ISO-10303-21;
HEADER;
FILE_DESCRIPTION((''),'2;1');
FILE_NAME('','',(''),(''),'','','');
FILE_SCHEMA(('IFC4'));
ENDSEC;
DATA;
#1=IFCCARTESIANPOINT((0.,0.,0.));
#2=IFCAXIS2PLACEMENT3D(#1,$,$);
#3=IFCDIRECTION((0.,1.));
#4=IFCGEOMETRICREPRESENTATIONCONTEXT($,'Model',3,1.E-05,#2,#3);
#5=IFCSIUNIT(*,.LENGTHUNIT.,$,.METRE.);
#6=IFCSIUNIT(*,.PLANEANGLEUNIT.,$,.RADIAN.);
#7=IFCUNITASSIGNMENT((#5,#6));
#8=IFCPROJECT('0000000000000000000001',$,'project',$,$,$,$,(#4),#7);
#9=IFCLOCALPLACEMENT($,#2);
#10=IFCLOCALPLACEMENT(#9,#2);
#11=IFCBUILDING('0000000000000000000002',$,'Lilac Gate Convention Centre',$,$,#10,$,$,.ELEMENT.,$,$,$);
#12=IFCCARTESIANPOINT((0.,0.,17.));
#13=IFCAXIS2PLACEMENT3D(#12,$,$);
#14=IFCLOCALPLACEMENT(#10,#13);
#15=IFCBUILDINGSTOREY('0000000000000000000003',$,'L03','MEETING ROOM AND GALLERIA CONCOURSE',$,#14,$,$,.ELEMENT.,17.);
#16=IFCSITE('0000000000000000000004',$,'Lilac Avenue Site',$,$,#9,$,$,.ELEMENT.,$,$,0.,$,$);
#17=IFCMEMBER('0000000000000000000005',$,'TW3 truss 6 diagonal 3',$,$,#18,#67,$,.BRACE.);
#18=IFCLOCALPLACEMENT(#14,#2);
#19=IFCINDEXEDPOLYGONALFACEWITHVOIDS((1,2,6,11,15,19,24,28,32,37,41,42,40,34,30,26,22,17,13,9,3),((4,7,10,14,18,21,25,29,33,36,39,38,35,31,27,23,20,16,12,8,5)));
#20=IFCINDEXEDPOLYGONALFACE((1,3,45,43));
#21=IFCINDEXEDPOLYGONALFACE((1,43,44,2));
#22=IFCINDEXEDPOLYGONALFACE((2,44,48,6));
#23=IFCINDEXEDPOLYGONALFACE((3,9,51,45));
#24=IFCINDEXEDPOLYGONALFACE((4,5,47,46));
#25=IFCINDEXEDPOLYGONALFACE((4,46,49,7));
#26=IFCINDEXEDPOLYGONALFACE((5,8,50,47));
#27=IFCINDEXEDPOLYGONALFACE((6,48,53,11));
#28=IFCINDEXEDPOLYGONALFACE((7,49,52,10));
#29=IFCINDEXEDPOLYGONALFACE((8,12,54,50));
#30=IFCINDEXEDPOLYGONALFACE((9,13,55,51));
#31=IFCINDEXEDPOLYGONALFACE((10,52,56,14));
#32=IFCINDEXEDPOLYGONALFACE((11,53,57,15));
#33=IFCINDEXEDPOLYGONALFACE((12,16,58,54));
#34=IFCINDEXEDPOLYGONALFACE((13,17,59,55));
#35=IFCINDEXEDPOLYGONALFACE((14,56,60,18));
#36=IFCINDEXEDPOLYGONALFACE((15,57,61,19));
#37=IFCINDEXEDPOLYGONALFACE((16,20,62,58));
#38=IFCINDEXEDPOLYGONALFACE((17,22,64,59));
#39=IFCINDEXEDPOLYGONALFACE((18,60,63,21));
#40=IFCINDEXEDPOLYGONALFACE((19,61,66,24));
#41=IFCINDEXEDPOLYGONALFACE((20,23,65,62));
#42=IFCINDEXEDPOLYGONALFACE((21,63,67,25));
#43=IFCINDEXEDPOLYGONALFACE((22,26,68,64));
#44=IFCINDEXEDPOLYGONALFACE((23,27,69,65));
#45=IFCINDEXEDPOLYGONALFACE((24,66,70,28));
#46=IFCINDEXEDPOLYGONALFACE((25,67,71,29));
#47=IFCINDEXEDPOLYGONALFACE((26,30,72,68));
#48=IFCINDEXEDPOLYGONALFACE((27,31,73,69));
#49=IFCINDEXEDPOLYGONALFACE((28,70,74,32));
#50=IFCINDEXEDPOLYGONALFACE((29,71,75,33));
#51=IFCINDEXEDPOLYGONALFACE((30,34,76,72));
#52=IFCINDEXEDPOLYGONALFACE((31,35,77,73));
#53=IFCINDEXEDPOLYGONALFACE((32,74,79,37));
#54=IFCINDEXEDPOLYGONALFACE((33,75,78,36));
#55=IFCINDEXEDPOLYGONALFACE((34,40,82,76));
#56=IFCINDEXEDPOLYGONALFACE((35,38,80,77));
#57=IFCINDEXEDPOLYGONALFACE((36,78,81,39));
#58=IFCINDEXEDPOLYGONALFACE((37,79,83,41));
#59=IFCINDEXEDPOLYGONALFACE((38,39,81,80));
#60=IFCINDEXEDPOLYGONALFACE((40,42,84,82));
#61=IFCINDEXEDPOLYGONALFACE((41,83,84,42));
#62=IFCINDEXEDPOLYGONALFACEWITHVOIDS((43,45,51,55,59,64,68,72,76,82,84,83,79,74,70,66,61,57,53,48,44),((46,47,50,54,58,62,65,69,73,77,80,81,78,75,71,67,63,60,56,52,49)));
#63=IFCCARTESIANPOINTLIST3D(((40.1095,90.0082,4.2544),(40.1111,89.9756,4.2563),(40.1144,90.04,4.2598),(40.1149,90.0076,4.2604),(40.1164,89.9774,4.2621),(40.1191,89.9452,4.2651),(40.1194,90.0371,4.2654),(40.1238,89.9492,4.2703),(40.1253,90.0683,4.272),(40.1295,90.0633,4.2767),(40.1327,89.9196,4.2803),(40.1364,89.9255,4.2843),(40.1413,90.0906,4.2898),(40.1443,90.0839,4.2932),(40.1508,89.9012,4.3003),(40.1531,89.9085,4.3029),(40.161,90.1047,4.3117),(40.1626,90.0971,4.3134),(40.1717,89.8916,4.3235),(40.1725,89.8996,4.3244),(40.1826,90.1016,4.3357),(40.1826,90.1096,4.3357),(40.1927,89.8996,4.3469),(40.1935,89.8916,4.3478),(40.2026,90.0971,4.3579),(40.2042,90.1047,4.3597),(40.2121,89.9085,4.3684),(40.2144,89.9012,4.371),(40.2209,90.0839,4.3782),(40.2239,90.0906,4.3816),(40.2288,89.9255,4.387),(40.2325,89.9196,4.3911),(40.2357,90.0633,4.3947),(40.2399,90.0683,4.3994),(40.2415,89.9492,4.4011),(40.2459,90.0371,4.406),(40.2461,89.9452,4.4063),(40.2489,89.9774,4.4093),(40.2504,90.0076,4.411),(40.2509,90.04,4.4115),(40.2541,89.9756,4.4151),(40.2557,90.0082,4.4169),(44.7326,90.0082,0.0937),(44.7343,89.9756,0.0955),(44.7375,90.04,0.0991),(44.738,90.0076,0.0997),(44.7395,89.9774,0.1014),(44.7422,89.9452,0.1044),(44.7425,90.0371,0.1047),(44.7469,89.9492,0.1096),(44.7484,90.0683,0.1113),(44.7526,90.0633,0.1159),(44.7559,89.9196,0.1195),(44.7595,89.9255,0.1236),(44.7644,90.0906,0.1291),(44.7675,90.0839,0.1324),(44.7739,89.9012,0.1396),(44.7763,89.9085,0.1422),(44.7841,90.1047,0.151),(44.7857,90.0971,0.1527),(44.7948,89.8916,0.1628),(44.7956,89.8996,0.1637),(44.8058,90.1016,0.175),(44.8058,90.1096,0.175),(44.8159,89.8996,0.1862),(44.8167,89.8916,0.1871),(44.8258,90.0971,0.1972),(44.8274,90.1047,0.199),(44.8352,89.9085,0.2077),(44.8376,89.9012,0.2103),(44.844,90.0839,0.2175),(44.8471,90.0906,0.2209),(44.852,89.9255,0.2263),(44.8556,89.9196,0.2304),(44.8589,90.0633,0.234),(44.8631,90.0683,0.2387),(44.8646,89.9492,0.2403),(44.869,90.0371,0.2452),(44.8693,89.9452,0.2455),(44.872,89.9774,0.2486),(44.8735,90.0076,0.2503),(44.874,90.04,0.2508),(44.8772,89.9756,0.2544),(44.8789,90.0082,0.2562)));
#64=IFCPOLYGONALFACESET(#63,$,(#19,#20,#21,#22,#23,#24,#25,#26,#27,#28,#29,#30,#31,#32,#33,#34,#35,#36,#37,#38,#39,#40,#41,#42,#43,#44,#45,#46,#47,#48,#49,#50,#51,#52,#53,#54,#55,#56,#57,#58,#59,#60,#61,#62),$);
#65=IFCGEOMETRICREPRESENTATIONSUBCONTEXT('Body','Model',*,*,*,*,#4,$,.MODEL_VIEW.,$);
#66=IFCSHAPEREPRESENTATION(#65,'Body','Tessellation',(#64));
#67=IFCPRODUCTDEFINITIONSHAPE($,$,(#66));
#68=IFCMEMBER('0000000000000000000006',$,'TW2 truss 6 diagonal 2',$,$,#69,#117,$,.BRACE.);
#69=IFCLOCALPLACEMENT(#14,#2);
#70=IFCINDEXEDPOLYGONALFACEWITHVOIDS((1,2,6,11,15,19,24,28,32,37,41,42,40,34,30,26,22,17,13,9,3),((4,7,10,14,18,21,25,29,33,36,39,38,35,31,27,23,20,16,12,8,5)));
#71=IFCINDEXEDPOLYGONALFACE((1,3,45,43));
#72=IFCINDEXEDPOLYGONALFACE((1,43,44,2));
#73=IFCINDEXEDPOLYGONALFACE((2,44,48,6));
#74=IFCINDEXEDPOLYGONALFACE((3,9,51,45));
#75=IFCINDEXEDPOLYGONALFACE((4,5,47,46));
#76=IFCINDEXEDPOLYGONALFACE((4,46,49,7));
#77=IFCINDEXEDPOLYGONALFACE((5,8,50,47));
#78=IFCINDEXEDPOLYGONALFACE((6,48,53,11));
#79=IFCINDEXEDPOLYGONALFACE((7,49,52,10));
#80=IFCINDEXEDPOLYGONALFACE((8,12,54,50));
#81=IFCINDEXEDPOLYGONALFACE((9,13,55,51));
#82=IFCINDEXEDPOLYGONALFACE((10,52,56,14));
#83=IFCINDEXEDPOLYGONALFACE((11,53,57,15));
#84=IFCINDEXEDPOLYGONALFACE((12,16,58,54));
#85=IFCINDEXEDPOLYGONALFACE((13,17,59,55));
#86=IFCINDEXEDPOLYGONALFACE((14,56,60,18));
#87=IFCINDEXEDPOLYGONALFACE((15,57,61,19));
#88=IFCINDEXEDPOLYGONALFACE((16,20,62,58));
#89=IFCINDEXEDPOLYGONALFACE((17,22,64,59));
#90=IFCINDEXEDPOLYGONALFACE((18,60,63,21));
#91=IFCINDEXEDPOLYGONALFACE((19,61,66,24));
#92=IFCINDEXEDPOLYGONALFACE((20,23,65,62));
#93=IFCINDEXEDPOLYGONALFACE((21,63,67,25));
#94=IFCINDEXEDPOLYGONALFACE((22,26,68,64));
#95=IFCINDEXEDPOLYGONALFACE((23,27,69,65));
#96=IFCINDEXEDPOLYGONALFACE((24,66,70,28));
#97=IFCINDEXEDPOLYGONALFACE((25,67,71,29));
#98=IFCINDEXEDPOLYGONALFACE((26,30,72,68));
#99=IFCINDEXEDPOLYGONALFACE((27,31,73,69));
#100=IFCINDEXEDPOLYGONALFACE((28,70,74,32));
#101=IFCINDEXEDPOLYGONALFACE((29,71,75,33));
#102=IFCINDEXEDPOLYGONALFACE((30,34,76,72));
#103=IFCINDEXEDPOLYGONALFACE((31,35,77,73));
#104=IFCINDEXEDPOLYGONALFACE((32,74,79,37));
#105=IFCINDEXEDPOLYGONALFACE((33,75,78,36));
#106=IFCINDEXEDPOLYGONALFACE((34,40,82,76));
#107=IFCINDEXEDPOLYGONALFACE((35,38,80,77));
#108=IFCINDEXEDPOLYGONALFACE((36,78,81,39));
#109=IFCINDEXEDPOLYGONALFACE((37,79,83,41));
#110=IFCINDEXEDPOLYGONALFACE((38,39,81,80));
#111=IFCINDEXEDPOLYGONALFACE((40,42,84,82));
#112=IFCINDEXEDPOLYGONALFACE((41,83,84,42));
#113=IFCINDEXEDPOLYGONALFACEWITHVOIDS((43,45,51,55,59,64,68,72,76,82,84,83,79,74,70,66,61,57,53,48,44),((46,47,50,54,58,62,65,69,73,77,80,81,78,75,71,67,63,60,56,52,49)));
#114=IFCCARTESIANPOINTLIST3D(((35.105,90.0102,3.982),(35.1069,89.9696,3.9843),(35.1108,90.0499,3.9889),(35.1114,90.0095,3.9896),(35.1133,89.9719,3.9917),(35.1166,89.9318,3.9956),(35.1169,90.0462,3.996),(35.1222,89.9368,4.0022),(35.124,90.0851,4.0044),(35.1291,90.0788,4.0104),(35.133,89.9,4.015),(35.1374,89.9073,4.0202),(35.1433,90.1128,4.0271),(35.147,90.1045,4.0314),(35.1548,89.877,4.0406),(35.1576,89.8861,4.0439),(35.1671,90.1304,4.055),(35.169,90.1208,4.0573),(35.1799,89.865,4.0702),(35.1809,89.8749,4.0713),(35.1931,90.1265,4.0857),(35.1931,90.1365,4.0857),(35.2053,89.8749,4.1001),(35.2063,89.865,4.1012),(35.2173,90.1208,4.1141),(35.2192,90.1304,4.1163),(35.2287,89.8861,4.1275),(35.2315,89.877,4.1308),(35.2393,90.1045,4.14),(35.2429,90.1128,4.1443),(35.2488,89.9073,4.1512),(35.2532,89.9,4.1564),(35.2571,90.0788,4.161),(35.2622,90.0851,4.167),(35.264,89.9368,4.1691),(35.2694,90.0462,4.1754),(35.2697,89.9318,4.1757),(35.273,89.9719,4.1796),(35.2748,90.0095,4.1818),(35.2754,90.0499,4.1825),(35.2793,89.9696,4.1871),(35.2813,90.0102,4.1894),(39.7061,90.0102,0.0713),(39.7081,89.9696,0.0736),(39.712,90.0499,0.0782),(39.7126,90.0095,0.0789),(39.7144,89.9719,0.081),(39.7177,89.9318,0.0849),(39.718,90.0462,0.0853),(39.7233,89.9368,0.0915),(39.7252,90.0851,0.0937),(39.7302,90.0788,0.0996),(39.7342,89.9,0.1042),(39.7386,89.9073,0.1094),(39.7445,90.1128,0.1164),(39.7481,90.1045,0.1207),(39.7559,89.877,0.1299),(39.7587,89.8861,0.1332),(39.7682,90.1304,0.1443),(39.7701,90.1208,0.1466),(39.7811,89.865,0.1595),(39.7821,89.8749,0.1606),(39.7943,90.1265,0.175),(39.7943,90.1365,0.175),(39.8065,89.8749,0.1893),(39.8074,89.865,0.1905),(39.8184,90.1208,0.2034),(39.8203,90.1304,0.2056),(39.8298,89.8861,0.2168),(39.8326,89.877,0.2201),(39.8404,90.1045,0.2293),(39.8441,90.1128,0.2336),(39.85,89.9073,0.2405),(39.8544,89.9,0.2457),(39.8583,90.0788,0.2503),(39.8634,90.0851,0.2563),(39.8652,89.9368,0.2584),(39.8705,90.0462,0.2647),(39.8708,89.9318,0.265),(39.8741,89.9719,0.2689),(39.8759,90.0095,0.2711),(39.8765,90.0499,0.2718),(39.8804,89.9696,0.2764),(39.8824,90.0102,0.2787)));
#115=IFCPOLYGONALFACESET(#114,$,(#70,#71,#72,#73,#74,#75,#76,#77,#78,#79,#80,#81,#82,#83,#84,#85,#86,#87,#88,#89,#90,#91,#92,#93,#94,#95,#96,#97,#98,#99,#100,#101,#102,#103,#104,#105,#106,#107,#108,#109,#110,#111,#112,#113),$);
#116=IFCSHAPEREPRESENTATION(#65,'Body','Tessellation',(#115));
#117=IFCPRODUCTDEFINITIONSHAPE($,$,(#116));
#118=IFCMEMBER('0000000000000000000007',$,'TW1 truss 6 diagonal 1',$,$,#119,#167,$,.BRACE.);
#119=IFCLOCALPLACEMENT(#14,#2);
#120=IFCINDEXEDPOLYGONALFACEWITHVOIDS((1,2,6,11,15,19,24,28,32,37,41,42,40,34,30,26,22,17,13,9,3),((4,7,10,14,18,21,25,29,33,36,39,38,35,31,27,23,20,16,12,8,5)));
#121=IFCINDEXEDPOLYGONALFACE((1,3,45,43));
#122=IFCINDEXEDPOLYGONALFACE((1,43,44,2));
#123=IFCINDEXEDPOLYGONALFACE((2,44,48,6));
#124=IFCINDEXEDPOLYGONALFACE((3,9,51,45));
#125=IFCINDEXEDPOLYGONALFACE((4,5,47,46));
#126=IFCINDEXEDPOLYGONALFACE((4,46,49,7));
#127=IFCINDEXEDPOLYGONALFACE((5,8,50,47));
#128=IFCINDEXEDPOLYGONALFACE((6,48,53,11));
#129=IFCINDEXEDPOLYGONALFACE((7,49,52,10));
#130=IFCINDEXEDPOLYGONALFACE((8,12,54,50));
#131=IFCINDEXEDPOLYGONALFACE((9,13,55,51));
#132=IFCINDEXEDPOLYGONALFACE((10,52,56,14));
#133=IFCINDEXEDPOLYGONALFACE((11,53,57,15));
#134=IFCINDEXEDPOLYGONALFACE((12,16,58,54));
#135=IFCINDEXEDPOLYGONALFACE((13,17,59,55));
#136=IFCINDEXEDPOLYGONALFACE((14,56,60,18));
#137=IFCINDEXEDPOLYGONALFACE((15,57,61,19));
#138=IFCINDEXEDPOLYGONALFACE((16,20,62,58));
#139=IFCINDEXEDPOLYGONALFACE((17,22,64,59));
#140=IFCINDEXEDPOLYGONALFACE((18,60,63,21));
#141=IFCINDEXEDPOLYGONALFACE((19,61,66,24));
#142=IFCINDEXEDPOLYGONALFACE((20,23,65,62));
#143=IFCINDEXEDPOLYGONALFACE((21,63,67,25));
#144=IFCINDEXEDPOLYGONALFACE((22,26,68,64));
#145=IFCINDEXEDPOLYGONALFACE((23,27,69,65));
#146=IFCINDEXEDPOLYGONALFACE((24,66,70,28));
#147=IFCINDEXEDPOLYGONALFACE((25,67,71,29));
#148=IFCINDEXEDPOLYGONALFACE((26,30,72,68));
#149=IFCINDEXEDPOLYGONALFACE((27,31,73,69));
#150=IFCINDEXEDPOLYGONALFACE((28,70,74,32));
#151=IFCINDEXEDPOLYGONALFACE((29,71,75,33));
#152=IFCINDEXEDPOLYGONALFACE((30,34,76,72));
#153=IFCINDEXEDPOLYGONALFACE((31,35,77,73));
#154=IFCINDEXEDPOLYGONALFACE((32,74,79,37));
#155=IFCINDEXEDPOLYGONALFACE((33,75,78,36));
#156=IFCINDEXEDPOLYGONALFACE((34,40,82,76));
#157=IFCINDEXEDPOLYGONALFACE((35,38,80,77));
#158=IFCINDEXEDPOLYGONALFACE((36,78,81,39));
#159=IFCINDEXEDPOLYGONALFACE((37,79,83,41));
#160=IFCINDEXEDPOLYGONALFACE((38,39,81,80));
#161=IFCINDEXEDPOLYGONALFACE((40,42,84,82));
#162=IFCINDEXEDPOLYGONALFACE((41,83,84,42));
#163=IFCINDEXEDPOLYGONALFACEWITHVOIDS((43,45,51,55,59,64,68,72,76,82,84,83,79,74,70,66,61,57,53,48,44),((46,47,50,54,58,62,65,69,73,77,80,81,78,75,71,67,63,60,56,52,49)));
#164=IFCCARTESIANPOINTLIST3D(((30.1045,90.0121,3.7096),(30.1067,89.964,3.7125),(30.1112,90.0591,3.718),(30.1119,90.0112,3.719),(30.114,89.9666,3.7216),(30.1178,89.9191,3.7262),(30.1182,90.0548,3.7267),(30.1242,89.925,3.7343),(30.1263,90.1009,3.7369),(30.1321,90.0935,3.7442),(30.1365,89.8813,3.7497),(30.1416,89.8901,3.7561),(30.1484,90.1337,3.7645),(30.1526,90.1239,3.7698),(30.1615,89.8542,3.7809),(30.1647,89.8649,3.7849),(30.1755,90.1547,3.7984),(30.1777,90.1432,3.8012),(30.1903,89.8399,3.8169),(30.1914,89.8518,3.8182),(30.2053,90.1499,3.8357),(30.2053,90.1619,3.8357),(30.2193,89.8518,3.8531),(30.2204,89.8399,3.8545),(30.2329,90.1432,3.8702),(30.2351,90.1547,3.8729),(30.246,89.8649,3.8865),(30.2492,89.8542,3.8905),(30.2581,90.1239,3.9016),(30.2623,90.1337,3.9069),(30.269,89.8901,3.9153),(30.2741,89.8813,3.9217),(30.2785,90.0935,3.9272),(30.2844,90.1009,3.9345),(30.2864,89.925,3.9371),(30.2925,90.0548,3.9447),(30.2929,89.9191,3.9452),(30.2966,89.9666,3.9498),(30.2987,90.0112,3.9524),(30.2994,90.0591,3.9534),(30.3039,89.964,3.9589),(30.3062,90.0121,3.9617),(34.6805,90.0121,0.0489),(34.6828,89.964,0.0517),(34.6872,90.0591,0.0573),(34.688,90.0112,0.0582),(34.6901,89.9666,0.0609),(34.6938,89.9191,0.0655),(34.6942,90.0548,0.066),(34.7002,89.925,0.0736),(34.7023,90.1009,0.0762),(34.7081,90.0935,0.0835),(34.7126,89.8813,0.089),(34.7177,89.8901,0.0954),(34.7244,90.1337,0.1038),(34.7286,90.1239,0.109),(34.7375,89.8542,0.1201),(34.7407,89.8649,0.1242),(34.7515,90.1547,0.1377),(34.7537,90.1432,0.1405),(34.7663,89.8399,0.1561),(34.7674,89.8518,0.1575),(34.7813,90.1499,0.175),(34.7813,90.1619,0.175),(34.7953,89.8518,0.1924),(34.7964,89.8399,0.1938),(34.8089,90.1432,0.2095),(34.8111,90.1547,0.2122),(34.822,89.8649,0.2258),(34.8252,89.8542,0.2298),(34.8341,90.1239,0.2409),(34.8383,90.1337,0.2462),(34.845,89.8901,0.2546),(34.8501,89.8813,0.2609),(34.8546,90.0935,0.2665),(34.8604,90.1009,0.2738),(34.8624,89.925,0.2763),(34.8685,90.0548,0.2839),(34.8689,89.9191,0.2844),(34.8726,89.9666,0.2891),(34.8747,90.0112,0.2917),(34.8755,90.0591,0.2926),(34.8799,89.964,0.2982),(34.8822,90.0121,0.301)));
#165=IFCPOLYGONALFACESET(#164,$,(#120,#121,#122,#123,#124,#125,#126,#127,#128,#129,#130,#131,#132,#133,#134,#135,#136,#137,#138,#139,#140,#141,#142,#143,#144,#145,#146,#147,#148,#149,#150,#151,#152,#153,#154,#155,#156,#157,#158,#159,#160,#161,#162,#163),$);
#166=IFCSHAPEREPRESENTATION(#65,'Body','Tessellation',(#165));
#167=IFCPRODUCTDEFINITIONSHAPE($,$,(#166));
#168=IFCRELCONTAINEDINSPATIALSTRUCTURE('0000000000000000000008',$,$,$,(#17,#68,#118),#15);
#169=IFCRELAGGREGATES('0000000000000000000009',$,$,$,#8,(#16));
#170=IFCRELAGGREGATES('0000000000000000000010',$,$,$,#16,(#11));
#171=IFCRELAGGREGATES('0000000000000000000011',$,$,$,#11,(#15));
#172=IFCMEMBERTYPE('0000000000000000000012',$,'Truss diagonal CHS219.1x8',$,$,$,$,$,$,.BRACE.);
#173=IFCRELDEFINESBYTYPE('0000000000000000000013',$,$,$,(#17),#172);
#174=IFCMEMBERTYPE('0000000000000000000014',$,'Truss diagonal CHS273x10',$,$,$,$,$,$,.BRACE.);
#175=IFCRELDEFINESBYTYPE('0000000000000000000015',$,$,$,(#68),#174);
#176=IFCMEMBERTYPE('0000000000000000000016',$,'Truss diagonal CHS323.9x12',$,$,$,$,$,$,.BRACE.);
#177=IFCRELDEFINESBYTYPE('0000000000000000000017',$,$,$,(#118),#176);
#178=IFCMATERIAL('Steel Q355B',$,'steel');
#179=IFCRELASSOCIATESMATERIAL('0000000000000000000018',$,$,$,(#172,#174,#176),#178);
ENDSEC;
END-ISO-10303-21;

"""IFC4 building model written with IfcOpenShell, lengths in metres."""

from ifc_helpers import new_model, si_unit, direction, frame, origin, origin_2d, place, context, subcontext, project, spatial, hollow_circle, extrude, material, material_profile, profile_set, type_object, element, save


model = new_model("IFC4")

# Units and contexts
model_context = context("Model", 3, precision=1e-05, world=origin(), true_north=direction((0.0, 1.0)))
body_context = subcontext(model_context, "Body", "Model", "MODEL_VIEW")
ifc_project = project(units=[si_unit("LENGTHUNIT", "METRE"), si_unit("PLANEANGLEUNIT", "RADIAN")], contexts=[model_context])

# Site, building, storey
site_placement = place(None, origin())
site = spatial("IfcSite", under=ifc_project, at=site_placement, Name="Lilac Avenue Site", CompositionType="ELEMENT", RefElevation=0.0)
building_placement = place(site_placement, origin())
building = spatial("IfcBuilding", under=site, at=building_placement, Name="Lilac Gate Convention Centre", CompositionType="ELEMENT")
storey_placement = place(building_placement, frame((0.0, 0.0, 17.0)))
storey = spatial("IfcBuildingStorey", under=building, at=storey_placement, Name="L03", Description="MEETING ROOM AND GALLERIA CONCOURSE", CompositionType="ELEMENT", Elevation=17.0)

# Members
ifc_material = material(Name="Steel Q355B", Category="steel")
ifc_material_profile_1 = material_profile(ifc_material, hollow_circle(Radius=0.1096, WallThickness=0.0081, at=origin_2d()), Name="CHS219.1x8")
ifc_profile_set_1 = profile_set([ifc_material_profile_1], Name="Steel Q355B")
member_type_1 = type_object("IfcMemberType", Name="Truss diagonal CHS219.1x8", PredefinedType="BRACE", material=ifc_profile_set_1)
member_1_placement = place(storey_placement, frame((40.1826, 90.0, 4.3357), z_axis=(0.743302, 0.0, -0.668956), x_axis=(0.0, 1.0, 0.0)))
element("IfcMember", 1, at=member_1_placement, inside=storey, type_object=member_type_1, Name="TW3 truss 6 diagonal 3", PredefinedType="BRACE", context=body_context, shape_type="SweptSolid", body=[
    extrude(hollow_circle(Radius=0.1096, WallThickness=0.0081, at=origin_2d()), origin(), (0.0, 0.0, 1.0), 6.2197),
])
ifc_material_profile_2 = material_profile(ifc_material, hollow_circle(Radius=0.1365, WallThickness=0.01, at=origin_2d()), Name="CHS273x10")
ifc_profile_set_2 = profile_set([ifc_material_profile_2], Name="Steel Q355B")
member_type_2 = type_object("IfcMemberType", Name="Truss diagonal CHS273x10", PredefinedType="BRACE", material=ifc_profile_set_2)
member_2_placement = place(storey_placement, frame((35.1931, 90.0, 4.0857), z_axis=(0.761961, 0.0, -0.647623), x_axis=(0.0, 1.0, 0.0)))
element("IfcMember", 2, at=member_2_placement, inside=storey, type_object=member_type_2, Name="TW2 truss 6 diagonal 2", PredefinedType="BRACE", context=body_context, shape_type="SweptSolid", body=[
    extrude(hollow_circle(Radius=0.1365, WallThickness=0.01, at=origin_2d()), origin(), (0.0, 0.0, 1.0), 6.0386),
])
ifc_material_profile_3 = material_profile(ifc_material, hollow_circle(Radius=0.1619, WallThickness=0.012, at=origin_2d()), Name="CHS323.9x12")
ifc_profile_set_3 = profile_set([ifc_material_profile_3], Name="Steel Q355B")
member_type_3 = type_object("IfcMemberType", Name="Truss diagonal CHS323.9x12", PredefinedType="BRACE", material=ifc_profile_set_3)
member_3_placement = place(storey_placement, frame((30.2053, 90.0, 3.8357), z_axis=(0.780877, 0.0, -0.624685), x_axis=(0.0, 1.0, 0.0)))
element("IfcMember", 3, at=member_3_placement, inside=storey, type_object=member_type_3, Name="TW1 truss 6 diagonal 1", PredefinedType="BRACE", context=body_context, shape_type="SweptSolid", body=[
    extrude(hollow_circle(Radius=0.1619, WallThickness=0.012, at=origin_2d()), origin(), (0.0, 0.0, 1.0), 5.8601),
])

save(model, "model.ifc")
